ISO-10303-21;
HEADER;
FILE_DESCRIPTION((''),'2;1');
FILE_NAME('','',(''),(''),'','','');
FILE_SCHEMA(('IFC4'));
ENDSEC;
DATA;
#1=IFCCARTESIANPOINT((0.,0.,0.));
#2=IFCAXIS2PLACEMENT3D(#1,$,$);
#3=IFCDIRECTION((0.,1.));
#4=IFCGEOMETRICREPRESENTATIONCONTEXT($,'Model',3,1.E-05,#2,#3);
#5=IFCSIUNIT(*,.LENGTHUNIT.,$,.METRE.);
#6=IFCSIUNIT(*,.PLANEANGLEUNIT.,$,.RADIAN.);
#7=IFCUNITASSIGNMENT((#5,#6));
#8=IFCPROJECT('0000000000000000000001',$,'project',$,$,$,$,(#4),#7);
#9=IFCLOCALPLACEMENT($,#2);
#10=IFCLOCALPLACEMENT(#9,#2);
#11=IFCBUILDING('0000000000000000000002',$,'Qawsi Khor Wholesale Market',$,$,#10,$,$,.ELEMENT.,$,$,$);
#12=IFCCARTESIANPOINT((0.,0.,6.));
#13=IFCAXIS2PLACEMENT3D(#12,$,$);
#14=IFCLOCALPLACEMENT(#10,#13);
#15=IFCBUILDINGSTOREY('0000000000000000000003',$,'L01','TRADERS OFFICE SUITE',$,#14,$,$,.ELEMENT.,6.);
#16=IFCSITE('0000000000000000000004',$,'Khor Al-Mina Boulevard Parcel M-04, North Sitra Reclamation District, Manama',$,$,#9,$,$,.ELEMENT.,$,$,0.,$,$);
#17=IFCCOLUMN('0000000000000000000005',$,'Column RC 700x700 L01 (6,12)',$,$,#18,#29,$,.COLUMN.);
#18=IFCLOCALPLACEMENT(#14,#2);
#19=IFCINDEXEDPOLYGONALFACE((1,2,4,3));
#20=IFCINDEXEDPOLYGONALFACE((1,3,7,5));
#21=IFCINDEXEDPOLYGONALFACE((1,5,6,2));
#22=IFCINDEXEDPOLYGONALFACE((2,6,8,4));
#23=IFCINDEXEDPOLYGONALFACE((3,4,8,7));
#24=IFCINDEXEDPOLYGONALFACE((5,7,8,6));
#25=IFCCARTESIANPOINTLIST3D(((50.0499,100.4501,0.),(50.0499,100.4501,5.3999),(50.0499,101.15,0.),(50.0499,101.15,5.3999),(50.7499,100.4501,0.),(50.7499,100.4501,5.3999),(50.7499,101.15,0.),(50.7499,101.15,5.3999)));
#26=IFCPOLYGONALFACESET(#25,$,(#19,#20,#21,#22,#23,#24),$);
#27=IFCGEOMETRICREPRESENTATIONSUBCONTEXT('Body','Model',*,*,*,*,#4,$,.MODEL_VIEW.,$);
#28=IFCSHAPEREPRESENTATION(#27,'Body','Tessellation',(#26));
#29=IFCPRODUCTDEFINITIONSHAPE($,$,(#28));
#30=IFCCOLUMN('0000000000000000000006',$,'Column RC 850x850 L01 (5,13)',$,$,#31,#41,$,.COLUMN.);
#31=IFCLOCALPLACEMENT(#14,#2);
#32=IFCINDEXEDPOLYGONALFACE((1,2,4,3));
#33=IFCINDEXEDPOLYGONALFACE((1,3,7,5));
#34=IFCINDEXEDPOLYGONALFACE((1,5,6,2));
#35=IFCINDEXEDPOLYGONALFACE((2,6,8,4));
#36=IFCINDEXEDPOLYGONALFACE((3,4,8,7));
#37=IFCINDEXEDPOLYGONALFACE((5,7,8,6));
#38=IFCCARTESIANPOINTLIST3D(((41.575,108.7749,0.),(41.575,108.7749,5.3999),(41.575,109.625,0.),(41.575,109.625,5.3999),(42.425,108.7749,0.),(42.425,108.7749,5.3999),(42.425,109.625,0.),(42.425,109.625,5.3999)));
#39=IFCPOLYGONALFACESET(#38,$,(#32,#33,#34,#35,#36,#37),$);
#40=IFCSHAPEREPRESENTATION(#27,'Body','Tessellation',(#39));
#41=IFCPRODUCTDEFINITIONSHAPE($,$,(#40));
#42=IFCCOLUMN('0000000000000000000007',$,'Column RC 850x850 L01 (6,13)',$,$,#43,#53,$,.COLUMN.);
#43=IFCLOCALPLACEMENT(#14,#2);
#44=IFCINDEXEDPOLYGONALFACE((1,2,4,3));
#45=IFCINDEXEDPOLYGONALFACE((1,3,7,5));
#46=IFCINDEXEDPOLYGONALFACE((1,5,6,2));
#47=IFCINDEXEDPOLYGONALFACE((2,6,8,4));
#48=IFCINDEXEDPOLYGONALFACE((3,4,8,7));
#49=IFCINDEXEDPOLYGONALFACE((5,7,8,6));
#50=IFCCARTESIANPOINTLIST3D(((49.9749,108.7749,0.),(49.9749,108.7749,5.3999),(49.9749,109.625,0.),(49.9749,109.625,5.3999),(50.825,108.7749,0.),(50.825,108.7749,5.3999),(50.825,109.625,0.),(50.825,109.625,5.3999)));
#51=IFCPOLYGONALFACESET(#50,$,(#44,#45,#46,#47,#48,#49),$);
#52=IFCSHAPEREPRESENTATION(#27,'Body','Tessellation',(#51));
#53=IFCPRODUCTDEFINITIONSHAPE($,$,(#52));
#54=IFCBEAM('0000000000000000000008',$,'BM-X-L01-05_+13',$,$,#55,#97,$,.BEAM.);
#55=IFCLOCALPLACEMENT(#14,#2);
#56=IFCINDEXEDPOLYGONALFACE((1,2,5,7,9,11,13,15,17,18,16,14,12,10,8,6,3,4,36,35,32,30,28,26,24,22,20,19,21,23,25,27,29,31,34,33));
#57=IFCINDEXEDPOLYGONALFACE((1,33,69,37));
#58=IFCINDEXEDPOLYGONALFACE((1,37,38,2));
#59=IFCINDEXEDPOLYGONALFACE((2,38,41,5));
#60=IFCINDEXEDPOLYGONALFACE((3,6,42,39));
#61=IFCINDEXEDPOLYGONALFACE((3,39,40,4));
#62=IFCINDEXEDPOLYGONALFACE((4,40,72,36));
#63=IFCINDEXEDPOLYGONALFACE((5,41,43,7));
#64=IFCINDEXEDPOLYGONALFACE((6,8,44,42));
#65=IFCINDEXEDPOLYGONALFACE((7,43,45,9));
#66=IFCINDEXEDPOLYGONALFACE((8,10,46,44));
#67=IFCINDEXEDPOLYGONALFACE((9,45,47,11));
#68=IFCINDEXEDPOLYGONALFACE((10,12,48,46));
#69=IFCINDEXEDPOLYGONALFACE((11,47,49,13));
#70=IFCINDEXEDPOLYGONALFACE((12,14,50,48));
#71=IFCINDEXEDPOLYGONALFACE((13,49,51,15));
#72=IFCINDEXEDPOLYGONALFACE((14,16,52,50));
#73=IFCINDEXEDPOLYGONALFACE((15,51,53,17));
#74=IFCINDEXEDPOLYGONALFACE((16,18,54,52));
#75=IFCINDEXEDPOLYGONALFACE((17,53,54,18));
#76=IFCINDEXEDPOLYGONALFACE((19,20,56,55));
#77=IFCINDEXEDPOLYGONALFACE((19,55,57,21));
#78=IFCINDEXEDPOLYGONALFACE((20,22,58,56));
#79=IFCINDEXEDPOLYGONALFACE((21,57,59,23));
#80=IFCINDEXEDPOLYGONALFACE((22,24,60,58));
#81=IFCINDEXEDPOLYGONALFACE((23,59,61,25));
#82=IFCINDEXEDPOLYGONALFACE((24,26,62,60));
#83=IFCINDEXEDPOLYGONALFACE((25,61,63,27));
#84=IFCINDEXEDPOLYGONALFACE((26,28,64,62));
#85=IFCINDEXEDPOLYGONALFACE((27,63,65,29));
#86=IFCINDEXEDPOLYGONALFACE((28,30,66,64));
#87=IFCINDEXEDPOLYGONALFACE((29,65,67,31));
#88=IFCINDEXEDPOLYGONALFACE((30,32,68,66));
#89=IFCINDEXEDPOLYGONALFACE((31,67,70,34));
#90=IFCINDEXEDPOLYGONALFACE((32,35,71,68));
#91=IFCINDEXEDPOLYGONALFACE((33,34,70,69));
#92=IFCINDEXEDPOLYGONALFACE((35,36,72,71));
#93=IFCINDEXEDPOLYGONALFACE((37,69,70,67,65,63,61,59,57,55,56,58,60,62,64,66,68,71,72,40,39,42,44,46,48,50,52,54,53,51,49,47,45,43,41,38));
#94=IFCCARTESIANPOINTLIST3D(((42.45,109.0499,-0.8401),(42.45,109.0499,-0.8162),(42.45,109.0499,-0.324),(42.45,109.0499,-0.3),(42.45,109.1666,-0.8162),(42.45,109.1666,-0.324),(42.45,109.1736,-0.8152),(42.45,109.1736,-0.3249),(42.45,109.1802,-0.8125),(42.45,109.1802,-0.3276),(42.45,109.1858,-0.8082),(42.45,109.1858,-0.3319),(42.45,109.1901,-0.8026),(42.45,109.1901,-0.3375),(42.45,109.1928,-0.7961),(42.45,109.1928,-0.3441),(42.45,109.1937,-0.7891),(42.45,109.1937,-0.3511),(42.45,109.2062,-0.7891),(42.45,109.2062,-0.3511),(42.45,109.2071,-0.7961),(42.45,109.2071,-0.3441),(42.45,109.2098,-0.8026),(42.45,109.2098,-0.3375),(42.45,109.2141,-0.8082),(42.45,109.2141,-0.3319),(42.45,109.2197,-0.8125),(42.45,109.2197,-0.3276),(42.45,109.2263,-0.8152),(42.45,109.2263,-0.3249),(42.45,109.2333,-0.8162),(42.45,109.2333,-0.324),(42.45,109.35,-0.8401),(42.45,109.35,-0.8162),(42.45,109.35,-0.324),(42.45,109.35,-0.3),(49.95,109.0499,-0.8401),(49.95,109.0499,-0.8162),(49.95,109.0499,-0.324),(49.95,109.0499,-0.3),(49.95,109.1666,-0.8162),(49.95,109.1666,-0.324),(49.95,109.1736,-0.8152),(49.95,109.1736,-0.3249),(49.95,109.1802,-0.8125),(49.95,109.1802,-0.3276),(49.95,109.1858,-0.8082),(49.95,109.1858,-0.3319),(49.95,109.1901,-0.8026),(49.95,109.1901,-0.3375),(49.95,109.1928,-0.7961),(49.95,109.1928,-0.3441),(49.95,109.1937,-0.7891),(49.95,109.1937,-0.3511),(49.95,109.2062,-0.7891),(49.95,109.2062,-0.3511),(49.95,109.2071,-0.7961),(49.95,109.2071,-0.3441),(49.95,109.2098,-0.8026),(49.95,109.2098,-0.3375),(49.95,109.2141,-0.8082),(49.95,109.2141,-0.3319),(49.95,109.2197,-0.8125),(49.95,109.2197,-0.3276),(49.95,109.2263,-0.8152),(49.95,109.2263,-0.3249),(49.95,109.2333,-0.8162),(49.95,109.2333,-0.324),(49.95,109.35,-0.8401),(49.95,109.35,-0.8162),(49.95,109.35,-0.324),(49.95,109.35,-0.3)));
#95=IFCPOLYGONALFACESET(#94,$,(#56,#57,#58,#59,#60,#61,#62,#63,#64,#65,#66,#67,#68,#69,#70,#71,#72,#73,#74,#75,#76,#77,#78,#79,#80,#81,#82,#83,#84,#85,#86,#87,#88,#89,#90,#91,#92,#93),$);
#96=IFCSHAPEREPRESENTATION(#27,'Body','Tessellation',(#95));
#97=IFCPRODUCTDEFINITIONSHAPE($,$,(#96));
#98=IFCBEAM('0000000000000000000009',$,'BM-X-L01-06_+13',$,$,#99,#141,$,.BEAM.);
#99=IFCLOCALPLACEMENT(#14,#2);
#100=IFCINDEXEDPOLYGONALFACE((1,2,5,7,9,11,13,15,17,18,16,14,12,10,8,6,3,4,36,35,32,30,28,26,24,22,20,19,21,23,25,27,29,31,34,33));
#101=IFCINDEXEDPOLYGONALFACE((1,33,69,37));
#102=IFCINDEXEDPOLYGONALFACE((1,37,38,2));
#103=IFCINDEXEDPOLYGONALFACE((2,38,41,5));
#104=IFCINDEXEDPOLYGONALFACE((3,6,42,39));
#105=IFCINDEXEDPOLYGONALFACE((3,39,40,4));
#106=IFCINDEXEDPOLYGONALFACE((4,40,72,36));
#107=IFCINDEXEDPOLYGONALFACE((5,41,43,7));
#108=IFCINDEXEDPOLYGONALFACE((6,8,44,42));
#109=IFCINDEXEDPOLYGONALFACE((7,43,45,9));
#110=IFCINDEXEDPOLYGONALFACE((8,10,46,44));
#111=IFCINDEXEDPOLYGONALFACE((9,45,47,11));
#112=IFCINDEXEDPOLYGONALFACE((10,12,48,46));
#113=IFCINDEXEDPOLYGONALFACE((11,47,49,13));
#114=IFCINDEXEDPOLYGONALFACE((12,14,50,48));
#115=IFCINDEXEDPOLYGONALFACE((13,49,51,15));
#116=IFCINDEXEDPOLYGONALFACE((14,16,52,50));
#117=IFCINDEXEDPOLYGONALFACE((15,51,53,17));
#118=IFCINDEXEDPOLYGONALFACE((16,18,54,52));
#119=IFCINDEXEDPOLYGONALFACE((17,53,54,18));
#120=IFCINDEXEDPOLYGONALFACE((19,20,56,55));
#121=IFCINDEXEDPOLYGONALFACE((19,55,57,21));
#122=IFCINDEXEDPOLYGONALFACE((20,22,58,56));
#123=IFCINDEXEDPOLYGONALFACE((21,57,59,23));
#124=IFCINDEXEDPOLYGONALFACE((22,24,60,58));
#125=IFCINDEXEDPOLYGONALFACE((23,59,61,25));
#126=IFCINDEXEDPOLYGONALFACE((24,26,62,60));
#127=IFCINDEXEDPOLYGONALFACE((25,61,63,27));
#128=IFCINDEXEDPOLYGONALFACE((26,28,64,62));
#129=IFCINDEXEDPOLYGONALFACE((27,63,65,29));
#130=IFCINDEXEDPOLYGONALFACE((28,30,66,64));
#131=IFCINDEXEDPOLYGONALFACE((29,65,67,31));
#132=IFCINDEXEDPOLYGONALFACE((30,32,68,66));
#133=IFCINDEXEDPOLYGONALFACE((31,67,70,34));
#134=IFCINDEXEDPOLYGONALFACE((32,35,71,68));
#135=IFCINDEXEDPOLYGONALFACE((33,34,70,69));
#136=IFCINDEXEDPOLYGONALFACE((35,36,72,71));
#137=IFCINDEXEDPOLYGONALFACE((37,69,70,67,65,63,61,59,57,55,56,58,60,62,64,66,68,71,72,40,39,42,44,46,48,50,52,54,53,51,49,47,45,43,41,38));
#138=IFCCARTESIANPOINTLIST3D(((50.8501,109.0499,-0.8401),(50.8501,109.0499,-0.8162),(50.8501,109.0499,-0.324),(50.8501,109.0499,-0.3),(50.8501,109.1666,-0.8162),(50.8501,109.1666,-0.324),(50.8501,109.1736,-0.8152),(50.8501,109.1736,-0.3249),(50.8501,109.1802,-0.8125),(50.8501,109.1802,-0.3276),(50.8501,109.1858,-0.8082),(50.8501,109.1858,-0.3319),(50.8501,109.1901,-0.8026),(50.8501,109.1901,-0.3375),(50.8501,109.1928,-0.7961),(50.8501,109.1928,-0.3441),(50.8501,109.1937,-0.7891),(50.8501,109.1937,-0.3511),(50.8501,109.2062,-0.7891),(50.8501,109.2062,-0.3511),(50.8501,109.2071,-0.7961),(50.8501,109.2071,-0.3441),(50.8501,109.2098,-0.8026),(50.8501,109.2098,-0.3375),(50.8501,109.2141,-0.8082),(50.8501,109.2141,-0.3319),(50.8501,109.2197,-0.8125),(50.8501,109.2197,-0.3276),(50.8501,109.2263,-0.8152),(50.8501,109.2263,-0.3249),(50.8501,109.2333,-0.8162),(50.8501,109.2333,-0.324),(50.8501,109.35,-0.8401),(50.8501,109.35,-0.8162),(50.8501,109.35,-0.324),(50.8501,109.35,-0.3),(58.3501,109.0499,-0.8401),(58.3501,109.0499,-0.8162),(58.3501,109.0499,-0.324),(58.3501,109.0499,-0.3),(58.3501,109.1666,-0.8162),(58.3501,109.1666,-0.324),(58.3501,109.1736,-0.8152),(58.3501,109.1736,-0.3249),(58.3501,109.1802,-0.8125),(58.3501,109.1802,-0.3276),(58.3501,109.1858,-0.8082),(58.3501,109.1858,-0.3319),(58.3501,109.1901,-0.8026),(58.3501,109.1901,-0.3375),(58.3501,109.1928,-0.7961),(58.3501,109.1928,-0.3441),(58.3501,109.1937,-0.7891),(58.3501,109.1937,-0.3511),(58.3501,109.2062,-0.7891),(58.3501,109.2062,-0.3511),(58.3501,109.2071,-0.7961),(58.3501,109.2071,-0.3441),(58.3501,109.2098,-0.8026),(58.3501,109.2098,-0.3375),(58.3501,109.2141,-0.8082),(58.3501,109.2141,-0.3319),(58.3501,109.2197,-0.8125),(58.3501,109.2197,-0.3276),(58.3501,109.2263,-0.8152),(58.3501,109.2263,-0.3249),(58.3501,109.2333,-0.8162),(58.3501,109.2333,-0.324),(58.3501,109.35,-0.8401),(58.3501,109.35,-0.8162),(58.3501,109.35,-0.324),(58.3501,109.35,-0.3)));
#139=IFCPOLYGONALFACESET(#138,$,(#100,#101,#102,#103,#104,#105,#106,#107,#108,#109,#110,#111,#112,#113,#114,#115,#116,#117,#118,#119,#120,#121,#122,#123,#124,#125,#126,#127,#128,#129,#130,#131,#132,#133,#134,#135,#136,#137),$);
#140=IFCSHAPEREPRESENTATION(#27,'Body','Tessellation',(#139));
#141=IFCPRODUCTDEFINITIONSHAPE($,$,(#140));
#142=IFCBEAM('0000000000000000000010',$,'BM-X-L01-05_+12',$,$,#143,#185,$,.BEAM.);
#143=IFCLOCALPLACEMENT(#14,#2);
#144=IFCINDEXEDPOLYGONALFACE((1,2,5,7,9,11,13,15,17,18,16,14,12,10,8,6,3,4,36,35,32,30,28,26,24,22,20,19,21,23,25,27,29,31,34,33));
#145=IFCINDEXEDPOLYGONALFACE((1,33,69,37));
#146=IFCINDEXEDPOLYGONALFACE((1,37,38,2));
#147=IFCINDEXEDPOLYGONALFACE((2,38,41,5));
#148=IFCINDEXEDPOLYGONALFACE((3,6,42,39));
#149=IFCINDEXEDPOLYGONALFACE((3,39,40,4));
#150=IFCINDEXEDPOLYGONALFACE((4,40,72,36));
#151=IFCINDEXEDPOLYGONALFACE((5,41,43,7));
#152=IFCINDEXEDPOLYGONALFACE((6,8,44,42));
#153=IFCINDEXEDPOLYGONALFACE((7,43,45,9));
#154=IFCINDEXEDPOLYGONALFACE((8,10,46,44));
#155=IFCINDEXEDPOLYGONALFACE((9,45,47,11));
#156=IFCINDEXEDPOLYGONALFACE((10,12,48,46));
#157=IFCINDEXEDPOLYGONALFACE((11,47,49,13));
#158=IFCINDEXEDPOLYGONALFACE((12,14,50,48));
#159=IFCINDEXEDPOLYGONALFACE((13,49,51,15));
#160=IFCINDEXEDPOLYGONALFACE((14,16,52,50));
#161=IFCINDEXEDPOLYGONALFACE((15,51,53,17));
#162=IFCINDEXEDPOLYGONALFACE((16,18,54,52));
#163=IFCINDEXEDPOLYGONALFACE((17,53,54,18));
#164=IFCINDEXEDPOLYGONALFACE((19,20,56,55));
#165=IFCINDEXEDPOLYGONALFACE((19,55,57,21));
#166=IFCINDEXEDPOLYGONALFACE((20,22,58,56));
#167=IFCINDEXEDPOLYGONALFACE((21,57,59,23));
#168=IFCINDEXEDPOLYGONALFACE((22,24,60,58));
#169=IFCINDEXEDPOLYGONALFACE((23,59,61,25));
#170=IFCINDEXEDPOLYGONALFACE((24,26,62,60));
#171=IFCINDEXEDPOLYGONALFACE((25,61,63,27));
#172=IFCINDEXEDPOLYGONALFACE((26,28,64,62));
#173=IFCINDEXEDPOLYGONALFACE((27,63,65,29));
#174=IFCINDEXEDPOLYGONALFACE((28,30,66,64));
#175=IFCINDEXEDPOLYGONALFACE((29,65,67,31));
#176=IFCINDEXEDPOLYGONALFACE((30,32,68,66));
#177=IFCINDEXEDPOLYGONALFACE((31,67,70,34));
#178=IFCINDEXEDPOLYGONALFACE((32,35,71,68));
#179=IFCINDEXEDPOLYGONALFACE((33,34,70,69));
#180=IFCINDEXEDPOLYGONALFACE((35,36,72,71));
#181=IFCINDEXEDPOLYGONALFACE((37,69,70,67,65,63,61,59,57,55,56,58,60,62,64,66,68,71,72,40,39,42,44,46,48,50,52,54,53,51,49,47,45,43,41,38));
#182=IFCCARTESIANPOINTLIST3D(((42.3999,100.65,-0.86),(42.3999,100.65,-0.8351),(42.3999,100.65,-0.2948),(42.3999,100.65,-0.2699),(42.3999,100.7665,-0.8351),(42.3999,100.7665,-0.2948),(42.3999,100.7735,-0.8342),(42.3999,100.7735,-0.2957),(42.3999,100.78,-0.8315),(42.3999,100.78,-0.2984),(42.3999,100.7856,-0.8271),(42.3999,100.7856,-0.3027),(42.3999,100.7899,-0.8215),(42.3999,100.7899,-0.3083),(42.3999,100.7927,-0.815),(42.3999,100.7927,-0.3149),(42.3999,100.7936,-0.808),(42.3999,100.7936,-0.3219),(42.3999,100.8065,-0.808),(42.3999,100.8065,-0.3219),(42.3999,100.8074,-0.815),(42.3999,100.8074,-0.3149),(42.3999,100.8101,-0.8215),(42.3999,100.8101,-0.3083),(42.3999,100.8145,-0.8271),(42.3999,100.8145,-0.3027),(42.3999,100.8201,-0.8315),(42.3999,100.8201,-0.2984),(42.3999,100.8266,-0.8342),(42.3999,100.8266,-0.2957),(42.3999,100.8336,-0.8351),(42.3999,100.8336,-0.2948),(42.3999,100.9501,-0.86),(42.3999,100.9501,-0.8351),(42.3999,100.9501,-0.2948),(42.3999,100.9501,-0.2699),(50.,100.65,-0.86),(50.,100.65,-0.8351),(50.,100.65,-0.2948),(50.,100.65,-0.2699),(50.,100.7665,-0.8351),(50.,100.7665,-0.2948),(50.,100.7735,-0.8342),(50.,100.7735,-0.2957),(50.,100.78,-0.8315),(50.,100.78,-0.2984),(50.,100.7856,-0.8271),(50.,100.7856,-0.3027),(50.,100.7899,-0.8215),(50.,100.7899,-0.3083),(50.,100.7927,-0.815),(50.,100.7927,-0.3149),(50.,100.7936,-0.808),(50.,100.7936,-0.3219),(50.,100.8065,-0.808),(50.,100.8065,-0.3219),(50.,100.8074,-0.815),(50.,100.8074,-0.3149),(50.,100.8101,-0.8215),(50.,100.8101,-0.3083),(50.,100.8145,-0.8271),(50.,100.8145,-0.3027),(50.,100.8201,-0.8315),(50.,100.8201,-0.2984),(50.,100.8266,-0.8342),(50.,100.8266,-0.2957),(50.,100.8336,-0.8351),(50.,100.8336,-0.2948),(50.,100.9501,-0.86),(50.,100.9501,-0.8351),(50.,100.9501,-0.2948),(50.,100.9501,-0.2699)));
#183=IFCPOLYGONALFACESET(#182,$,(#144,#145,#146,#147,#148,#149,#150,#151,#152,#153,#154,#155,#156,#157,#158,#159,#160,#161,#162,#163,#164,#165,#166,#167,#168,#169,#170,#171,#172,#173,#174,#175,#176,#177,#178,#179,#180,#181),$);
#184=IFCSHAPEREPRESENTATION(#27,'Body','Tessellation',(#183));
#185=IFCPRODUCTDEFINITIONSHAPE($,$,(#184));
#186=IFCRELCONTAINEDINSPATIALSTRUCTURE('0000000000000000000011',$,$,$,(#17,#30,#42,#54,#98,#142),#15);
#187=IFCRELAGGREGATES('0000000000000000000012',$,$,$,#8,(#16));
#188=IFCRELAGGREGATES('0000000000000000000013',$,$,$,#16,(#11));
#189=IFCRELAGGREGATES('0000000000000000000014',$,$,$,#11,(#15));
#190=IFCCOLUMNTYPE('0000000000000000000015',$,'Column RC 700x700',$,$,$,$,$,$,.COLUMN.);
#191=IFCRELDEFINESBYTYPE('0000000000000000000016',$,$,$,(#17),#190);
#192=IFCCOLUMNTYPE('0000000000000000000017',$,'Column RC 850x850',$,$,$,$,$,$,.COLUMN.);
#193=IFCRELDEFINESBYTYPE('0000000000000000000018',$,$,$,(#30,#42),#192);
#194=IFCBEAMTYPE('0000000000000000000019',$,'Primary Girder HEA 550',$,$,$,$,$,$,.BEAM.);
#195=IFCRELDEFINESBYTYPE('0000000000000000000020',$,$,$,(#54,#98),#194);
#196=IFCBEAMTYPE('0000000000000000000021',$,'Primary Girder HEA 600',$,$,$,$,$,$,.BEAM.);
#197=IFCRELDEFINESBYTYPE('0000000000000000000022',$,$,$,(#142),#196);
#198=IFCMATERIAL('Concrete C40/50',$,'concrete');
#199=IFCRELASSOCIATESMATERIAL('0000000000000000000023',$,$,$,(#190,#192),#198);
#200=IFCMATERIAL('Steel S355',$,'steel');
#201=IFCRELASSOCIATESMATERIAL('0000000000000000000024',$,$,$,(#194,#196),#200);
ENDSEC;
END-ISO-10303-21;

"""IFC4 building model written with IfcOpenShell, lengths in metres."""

from ifc_helpers import new_model, si_unit, direction, frame, origin, origin_2d, place, context, subcontext, project, spatial, rectangle, i_section, extrude, material, material_profile, profile_set, type_object, element, save


model = new_model("IFC4")

# Units and contexts
model_context = context("Model", 3, precision=1e-05, world=origin(), true_north=direction((0.0, 1.0)))
body_context = subcontext(model_context, "Body", "Model", "MODEL_VIEW")
ifc_project = project(units=[si_unit("LENGTHUNIT", "METRE"), si_unit("PLANEANGLEUNIT", "RADIAN")], contexts=[model_context])

# Site, building, storey
site_placement = place(None, origin())
site = spatial("IfcSite", under=ifc_project, at=site_placement, Name="Khor Al-Mina Boulevard Parcel M-04, North Sitra Reclamation District, Manama", CompositionType="ELEMENT", RefElevation=0.0)
building_placement = place(site_placement, origin())
building = spatial("IfcBuilding", under=site, at=building_placement, Name="Qawsi Khor Wholesale Market", CompositionType="ELEMENT")
storey_placement = place(building_placement, frame((0.0, 0.0, 6.0)))
storey = spatial("IfcBuildingStorey", under=building, at=storey_placement, Name="L01", Description="TRADERS OFFICE SUITE", CompositionType="ELEMENT", Elevation=6.0)

# Columns
ifc_material_1 = material(Name="Concrete C40/50", Category="concrete")
ifc_material_profile_1 = material_profile(ifc_material_1, rectangle(XDim=0.7, YDim=0.7, at=origin_2d()), Name="RC 700x700")
ifc_profile_set_1 = profile_set([ifc_material_profile_1], Name="Concrete C40/50")
column_type_1 = type_object("IfcColumnType", Name="Column RC 700x700", PredefinedType="COLUMN", material=ifc_profile_set_1)
column_placement = place(storey_placement, frame((50.3999, 100.8, 0.0), z_axis=(0.0, 0.0, 1.0), x_axis=(1.0, 0.0, 0.0)))
element("IfcColumn", 1, at=column_placement, inside=storey, type_object=column_type_1, Name="Column RC 700x700 L01 (6,12)", PredefinedType="COLUMN", context=body_context, shape_type="SweptSolid", body=[
    extrude(rectangle(XDim=0.7, YDim=0.7, at=origin_2d()), origin(), (0.0, 0.0, 1.0), 5.3999),
])
ifc_material_profile_2 = material_profile(ifc_material_1, rectangle(XDim=0.8501, YDim=0.8501, at=origin_2d()), Name="RC 850x850")
ifc_profile_set_2 = profile_set([ifc_material_profile_2], Name="Concrete C40/50")
column_type_2 = type_object("IfcColumnType", Name="Column RC 850x850", PredefinedType="COLUMN", material=ifc_profile_set_2)
for number, where, z_axis, x_axis, name in (
    (2, (42.0, 109.2, 0.0), (0.0, 0.0, 1.0), (1.0, 0.0, 0.0), "Column RC 850x850 L01 (5,13)"),
    (3, (50.3999, 109.2, 0.0), (0.0, 0.0, 1.0), (1.0, 0.0, 0.0), "Column RC 850x850 L01 (6,13)"),
):
    element("IfcColumn", number, at=place(storey_placement, frame(where, z_axis=z_axis, x_axis=x_axis)), inside=storey, type_object=column_type_2, Name=name, PredefinedType="COLUMN", context=body_context, shape_type="SweptSolid", body=[
        extrude(rectangle(XDim=0.8501, YDim=0.8501, at=origin_2d()), origin(), (0.0, 0.0, 1.0), 5.3999),
    ])

# Beams
ifc_material_2 = material(Name="Steel S355", Category="steel")
ifc_material_profile_3 = material_profile(ifc_material_2, i_section(OverallWidth=0.3, OverallDepth=0.54, WebThickness=0.0125, FlangeThickness=0.0239, FilletRadius=0.0271, at=origin_2d()), Name="HEA 550")
ifc_profile_set_3 = profile_set([ifc_material_profile_3], Name="Steel S355")
beam_type_1 = type_object("IfcBeamType", Name="Primary Girder HEA 550", PredefinedType="BEAM", material=ifc_profile_set_3)
for number, where, z_axis, x_axis, name in (
    (4, (42.45, 109.2, -0.5701), (1.0, 0.0, 0.0), (0.0, 1.0, 0.0), "BM-X-L01-05_+13"),
    (5, (50.8501, 109.2, -0.5701), (1.0, 0.0, 0.0), (0.0, 1.0, 0.0), "BM-X-L01-06_+13"),
):
    element("IfcBeam", number, at=place(storey_placement, frame(where, z_axis=z_axis, x_axis=x_axis)), inside=storey, type_object=beam_type_1, Name=name, PredefinedType="BEAM", context=body_context, shape_type="SweptSolid", body=[
        extrude(i_section(OverallWidth=0.3, OverallDepth=0.54, WebThickness=0.0125, FlangeThickness=0.0239, FilletRadius=0.0271, at=origin_2d()), origin(), (0.0, 0.0, 1.0), 7.5),
    ])
ifc_material_profile_4 = material_profile(ifc_material_2, i_section(OverallWidth=0.3, OverallDepth=0.5901, WebThickness=0.0129, FlangeThickness=0.0249, FilletRadius=0.0271, at=origin_2d()), Name="HEA 600")
ifc_profile_set_4 = profile_set([ifc_material_profile_4], Name="Steel S355")
beam_type_2 = type_object("IfcBeamType", Name="Primary Girder HEA 600", PredefinedType="BEAM", material=ifc_profile_set_4)
beam_1_placement = place(storey_placement, frame((42.3999, 100.8, -0.5649), z_axis=(1.0, 0.0, 0.0), x_axis=(0.0, 1.0, 0.0)))
element("IfcBeam", 6, at=beam_1_placement, inside=storey, type_object=beam_type_2, Name="BM-X-L01-05_+12", PredefinedType="BEAM", context=body_context, shape_type="SweptSolid", body=[
    extrude(i_section(OverallWidth=0.3, OverallDepth=0.5901, WebThickness=0.0129, FlangeThickness=0.0249, FilletRadius=0.0271, at=origin_2d()), origin(), (0.0, 0.0, 1.0), 7.6001),
])

save(model, "model.ifc")
